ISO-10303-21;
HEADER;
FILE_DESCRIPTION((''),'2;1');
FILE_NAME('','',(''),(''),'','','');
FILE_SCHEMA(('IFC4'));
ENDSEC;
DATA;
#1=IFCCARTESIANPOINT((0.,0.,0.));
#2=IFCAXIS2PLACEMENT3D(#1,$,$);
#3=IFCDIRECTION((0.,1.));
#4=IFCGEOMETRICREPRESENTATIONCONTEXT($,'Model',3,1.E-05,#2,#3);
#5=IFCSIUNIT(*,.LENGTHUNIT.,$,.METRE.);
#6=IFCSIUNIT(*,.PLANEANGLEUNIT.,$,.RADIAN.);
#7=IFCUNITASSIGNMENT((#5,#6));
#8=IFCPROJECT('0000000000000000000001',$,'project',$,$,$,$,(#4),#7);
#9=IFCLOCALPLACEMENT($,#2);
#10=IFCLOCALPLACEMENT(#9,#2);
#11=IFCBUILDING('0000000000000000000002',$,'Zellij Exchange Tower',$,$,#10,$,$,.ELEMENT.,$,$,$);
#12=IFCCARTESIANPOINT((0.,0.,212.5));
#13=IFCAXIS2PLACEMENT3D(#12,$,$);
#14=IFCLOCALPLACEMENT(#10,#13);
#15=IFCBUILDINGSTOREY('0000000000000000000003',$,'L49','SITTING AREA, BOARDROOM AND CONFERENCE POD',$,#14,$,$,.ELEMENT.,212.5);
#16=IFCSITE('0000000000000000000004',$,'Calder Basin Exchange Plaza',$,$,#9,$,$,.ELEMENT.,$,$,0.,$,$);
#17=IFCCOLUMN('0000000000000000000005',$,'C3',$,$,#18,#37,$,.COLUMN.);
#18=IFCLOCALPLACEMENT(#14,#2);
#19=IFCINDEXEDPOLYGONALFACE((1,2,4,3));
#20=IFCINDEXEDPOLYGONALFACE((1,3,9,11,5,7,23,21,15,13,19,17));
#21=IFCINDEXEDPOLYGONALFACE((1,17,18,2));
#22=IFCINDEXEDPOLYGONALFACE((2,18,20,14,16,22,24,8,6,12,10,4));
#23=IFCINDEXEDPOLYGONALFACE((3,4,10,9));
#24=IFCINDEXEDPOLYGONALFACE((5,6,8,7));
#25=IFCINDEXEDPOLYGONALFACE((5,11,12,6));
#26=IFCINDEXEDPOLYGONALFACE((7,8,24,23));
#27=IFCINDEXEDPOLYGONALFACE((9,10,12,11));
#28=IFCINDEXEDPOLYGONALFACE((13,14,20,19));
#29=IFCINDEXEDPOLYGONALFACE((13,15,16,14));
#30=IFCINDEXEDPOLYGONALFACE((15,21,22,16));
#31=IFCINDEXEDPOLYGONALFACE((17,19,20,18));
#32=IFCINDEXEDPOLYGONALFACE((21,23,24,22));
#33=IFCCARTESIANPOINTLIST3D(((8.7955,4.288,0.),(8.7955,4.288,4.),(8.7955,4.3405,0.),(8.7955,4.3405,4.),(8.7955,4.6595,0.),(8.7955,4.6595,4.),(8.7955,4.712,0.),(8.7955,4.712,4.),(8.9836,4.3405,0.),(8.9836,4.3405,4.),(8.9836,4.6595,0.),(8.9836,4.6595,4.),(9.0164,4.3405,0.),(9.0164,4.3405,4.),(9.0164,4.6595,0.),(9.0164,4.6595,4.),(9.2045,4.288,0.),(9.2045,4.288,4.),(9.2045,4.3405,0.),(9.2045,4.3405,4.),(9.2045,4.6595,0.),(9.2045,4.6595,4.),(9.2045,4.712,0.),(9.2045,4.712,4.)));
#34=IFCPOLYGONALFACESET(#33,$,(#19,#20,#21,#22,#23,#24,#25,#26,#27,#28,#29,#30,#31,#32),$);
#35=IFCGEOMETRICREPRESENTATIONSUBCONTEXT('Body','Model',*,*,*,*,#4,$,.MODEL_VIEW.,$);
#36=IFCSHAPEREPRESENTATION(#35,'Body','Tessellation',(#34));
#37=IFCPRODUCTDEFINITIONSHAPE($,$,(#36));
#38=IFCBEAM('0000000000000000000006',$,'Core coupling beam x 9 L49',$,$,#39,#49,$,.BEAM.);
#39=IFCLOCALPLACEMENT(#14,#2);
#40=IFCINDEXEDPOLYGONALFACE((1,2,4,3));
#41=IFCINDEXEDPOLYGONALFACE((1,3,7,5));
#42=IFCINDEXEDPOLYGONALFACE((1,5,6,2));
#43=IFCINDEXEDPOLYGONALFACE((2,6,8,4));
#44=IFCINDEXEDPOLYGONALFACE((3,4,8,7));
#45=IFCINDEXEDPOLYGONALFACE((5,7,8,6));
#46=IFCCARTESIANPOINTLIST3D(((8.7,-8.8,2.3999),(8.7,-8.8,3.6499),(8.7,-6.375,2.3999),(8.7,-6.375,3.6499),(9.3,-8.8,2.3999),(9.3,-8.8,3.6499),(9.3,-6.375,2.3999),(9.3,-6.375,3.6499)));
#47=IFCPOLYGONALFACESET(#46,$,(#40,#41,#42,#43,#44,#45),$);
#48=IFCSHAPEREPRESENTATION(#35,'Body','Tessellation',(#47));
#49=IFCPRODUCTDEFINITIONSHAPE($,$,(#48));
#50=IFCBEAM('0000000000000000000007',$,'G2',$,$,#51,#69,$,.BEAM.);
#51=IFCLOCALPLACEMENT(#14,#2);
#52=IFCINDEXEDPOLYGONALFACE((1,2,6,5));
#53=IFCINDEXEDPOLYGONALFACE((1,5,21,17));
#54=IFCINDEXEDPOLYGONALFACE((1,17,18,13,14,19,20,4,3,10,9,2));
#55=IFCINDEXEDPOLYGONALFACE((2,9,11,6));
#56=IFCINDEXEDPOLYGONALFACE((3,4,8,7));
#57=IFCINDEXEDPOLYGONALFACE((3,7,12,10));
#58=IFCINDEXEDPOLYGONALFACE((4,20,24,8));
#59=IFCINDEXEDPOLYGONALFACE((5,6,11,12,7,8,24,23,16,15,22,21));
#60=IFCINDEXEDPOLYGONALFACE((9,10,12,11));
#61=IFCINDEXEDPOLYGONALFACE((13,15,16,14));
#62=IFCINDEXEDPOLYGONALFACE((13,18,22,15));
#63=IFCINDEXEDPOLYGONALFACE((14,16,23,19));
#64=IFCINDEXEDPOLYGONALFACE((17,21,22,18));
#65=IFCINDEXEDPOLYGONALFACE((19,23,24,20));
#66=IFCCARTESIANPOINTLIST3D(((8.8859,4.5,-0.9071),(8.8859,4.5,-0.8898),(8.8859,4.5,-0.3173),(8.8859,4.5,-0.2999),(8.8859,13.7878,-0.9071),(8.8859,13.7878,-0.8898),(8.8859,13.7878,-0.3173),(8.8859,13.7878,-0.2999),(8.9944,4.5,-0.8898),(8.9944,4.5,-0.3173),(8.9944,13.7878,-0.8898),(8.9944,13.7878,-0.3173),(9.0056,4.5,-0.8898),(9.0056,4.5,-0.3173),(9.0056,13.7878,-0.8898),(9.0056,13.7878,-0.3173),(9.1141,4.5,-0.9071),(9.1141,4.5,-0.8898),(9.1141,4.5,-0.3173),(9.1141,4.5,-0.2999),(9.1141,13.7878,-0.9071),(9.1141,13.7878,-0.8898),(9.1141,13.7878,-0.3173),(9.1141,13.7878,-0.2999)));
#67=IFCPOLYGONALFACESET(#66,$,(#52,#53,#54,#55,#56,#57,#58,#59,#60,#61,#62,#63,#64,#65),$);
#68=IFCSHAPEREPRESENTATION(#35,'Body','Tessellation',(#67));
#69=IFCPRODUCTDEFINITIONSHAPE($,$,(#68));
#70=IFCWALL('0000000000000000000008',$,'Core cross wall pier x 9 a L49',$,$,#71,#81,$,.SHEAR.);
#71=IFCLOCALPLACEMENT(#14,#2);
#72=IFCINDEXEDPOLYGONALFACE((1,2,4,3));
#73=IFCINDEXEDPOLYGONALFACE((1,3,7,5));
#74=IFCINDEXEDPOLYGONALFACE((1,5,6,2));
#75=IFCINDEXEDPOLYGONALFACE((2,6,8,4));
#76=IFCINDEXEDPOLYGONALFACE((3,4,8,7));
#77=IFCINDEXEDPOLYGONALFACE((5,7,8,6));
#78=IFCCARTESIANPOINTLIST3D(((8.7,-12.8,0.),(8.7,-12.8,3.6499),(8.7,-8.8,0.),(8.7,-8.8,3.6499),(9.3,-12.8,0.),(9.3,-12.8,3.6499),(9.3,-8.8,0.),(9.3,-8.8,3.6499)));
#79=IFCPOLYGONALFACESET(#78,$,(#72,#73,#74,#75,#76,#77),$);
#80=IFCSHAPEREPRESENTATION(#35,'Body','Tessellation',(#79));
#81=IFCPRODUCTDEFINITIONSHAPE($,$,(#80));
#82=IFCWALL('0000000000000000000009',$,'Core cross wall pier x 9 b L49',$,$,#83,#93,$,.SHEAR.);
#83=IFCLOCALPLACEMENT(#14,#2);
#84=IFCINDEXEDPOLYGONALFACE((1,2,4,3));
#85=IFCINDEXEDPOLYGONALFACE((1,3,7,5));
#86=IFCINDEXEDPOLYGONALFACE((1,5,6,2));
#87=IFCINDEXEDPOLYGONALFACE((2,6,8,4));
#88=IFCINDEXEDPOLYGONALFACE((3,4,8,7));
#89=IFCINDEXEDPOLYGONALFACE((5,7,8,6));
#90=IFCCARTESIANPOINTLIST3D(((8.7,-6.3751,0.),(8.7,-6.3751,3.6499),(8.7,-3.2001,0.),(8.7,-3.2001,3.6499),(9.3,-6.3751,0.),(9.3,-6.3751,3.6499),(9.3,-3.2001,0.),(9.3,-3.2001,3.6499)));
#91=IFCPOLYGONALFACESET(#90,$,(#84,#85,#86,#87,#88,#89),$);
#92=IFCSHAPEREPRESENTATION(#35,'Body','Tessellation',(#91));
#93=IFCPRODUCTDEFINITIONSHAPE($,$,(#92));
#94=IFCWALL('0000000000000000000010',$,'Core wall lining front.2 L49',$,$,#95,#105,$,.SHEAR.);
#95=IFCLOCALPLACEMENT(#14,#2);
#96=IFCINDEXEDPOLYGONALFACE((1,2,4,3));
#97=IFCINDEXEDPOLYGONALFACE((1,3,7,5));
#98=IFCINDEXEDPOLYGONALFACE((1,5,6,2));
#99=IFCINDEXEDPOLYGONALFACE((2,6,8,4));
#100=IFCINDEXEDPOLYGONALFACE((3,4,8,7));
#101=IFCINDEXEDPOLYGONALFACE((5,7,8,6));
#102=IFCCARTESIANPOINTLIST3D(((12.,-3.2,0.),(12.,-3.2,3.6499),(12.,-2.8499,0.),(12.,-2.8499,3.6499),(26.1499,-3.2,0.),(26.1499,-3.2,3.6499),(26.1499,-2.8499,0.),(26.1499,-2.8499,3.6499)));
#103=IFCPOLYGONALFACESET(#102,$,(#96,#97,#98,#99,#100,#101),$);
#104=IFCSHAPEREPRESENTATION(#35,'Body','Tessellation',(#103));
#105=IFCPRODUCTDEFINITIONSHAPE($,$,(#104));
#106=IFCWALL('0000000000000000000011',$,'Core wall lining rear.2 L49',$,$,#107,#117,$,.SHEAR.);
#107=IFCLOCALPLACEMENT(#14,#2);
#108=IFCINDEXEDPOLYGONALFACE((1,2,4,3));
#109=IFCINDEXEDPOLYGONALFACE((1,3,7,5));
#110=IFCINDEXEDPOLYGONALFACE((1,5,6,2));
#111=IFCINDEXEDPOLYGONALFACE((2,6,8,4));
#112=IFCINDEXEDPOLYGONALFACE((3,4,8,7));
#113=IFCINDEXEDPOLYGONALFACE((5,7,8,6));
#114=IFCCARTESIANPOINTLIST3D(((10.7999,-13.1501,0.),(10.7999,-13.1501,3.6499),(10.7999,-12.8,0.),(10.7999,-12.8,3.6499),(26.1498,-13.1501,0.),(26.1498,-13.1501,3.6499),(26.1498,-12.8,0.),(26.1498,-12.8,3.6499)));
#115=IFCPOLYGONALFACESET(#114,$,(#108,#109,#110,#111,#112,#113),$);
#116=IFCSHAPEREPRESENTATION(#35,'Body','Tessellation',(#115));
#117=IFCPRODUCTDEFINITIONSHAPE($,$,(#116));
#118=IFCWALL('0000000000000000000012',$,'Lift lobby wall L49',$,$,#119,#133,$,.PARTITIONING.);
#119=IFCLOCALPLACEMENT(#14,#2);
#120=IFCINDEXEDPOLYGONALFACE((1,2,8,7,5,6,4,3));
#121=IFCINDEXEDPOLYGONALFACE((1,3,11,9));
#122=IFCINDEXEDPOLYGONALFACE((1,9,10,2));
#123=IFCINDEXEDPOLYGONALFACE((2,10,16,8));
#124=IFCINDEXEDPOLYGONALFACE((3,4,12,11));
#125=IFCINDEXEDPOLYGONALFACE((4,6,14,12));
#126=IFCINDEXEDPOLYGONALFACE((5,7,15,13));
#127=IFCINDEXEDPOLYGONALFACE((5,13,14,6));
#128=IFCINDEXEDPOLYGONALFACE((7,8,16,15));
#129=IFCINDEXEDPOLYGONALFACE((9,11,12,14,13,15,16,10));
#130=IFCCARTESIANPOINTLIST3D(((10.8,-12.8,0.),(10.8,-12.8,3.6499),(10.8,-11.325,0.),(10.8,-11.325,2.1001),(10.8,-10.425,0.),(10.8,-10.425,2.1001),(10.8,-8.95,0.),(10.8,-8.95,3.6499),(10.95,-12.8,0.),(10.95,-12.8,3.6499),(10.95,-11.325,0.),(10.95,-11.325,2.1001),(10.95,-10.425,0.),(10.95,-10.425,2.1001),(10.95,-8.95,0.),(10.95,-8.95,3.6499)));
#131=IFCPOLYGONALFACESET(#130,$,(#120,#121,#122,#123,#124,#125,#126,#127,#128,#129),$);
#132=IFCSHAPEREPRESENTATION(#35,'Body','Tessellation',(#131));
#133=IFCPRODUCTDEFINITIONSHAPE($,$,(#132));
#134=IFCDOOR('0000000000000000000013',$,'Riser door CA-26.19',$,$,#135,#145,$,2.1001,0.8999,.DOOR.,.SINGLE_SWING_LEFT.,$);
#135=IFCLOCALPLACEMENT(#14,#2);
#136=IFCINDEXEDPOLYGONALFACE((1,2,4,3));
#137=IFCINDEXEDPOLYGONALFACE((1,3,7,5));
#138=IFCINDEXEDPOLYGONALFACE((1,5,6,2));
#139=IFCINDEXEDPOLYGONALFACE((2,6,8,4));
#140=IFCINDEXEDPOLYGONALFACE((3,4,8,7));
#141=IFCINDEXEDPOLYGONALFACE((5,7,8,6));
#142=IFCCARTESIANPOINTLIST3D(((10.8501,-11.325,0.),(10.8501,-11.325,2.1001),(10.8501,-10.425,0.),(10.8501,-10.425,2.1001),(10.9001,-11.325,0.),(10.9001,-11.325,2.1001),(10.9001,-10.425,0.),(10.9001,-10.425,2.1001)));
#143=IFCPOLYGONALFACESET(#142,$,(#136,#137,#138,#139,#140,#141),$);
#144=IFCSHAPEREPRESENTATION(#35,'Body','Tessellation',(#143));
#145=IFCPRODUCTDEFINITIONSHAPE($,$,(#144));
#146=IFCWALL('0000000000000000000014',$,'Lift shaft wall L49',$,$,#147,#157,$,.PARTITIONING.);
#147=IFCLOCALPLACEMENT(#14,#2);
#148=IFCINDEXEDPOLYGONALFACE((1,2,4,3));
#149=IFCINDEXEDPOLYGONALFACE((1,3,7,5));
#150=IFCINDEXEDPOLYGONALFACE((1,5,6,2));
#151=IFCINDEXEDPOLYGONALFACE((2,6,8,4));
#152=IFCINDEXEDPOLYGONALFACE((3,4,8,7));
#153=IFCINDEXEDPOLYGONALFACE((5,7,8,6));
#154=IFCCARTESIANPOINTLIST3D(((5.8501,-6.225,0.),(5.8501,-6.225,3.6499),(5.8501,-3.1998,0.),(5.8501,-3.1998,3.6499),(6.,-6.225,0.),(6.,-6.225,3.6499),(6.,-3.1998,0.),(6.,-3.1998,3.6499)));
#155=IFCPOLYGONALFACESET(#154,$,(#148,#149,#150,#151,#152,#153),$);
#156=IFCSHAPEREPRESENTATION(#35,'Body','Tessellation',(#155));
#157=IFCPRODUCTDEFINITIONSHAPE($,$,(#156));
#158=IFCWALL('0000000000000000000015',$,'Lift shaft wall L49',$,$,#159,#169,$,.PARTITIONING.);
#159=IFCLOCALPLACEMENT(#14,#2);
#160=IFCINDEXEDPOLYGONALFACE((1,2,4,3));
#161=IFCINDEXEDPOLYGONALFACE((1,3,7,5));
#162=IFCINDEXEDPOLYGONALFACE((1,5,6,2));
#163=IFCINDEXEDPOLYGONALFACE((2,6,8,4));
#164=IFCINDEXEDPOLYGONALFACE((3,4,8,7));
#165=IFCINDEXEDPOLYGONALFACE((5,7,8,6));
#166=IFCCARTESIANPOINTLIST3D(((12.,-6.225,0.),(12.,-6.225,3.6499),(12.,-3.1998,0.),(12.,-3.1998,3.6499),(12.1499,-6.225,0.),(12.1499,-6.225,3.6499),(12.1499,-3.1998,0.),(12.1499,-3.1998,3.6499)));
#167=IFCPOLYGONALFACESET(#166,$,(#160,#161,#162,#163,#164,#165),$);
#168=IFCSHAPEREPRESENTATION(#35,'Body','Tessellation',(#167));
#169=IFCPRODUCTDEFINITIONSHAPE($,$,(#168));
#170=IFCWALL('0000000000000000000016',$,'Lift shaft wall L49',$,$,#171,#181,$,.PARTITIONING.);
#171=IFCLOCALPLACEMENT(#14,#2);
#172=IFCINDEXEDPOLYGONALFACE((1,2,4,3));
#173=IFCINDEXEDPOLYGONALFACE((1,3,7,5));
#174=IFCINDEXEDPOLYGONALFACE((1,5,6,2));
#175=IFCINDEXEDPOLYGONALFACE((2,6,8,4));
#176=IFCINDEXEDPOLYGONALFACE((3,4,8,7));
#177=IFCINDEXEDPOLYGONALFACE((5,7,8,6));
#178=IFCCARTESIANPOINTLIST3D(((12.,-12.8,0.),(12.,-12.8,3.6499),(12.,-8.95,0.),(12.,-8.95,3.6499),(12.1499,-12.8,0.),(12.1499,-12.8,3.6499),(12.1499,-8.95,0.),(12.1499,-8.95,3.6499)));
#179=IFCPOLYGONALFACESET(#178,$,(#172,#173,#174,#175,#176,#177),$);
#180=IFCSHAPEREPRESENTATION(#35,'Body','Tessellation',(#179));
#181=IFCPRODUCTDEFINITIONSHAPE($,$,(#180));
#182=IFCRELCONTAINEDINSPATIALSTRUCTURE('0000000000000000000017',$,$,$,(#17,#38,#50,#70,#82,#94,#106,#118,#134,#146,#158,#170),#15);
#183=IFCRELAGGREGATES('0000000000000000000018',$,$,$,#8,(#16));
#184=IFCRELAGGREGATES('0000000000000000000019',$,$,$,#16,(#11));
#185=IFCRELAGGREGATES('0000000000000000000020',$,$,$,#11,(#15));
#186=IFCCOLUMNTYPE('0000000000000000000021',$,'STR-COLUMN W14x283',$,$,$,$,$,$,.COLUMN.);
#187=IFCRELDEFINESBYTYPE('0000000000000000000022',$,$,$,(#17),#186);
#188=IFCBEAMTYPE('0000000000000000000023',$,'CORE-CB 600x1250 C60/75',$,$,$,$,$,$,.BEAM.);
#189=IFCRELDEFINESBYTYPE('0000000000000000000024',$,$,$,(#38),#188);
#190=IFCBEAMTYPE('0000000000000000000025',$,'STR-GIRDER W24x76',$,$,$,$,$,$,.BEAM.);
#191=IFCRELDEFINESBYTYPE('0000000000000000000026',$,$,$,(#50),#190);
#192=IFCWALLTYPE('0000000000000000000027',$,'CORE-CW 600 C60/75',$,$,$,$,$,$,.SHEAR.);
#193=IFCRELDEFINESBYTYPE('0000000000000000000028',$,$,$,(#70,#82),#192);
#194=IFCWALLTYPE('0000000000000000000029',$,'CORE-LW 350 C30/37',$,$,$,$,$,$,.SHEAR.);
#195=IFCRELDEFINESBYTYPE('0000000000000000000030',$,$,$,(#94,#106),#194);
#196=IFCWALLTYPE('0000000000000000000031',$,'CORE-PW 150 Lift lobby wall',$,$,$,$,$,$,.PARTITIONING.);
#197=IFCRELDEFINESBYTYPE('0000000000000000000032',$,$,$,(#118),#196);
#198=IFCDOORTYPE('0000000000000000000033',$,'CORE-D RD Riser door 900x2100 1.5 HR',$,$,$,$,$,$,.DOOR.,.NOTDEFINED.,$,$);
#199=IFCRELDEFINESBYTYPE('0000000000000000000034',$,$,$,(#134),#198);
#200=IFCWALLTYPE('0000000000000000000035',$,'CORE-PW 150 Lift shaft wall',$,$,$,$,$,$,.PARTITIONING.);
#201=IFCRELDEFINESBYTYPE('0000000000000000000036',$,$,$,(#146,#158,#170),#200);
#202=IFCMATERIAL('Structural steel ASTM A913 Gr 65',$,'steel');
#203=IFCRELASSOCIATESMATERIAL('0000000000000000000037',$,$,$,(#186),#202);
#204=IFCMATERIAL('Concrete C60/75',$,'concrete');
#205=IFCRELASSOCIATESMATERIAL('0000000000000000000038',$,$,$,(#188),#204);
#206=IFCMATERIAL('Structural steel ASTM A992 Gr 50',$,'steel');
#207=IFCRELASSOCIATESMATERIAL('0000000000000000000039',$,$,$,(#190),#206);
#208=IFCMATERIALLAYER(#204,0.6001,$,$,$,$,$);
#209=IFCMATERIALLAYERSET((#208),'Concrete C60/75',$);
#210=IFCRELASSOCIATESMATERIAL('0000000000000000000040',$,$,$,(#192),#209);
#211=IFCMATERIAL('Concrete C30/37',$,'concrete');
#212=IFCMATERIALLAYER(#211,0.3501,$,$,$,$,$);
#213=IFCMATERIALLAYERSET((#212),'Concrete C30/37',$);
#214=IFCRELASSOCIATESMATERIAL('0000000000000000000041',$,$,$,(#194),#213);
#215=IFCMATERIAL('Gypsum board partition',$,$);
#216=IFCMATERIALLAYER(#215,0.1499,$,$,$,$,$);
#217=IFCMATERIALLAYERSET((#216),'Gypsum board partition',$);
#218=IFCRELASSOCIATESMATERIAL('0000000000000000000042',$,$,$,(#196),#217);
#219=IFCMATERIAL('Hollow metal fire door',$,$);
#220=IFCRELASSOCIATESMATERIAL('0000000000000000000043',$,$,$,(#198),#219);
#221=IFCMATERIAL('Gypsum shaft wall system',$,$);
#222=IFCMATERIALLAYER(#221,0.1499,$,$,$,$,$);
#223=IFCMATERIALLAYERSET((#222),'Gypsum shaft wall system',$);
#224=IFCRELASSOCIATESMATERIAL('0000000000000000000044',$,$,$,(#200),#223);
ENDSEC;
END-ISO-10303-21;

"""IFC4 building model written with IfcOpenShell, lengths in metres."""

from ifc_helpers import new_model, si_unit, direction, frame, frame_2d, origin, origin_2d, place, context, subcontext, project, spatial, rectangle, i_section, extrude, material, layer, layer_set, material_profile, profile_set, type_object, element, fill, save


model = new_model("IFC4")

# Units and contexts
model_context = context("Model", 3, precision=1e-05, world=origin(), true_north=direction((0.0, 1.0)))
body_context = subcontext(model_context, "Body", "Model", "MODEL_VIEW")
ifc_project = project(units=[si_unit("LENGTHUNIT", "METRE"), si_unit("PLANEANGLEUNIT", "RADIAN")], contexts=[model_context])

# Site, building, storey
site_placement = place(None, origin())
site = spatial("IfcSite", under=ifc_project, at=site_placement, Name="Calder Basin Exchange Plaza", CompositionType="ELEMENT", RefElevation=0.0)
building_placement = place(site_placement, origin())
building = spatial("IfcBuilding", under=site, at=building_placement, Name="Zellij Exchange Tower", CompositionType="ELEMENT")
storey_placement = place(building_placement, frame((0.0, 0.0, 212.5)))
storey = spatial("IfcBuildingStorey", under=building, at=storey_placement, Name="L49", Description="SITTING AREA, BOARDROOM AND CONFERENCE POD", CompositionType="ELEMENT", Elevation=212.5)

# Column
ifc_material_1 = material(Name="Structural steel ASTM A913 Gr 65", Category="steel")
ifc_material_profile_1 = material_profile(ifc_material_1, i_section(OverallWidth=0.4089, OverallDepth=0.4241, WebThickness=0.0327, FlangeThickness=0.0525, at=origin_2d()), Name="W14x283")
ifc_profile_set_1 = profile_set([ifc_material_profile_1], Name="Structural steel ASTM A913 Gr 65")
column_type = type_object("IfcColumnType", Name="STR-COLUMN W14x283", PredefinedType="COLUMN", material=ifc_profile_set_1)
column_placement = place(storey_placement, frame((9.0, 4.5, 0.0), z_axis=(0.0, 0.0, 1.0), x_axis=(1.0, 0.0, 0.0)))
element("IfcColumn", 1, at=column_placement, inside=storey, type_object=column_type, Name="C3", PredefinedType="COLUMN", context=body_context, shape_type="SweptSolid", body=[
    extrude(i_section(OverallWidth=0.4089, OverallDepth=0.4241, WebThickness=0.0327, FlangeThickness=0.0525, at=origin_2d()), origin(), (0.0, 0.0, 1.0), 4.0),
])

# Beams
ifc_material_2 = material(Name="Concrete C60/75", Category="concrete")
ifc_material_profile_2 = material_profile(ifc_material_2, rectangle(XDim=0.6001, YDim=1.25, at=origin_2d()), Name="CORE-CB 600x1250 C60/75")
ifc_profile_set_2 = profile_set([ifc_material_profile_2], Name="Concrete C60/75")
beam_type_1 = type_object("IfcBeamType", Name="CORE-CB 600x1250 C60/75", PredefinedType="BEAM", material=ifc_profile_set_2)
beam_1_placement = place(storey_placement, frame((9.0, -8.8, 3.0249), z_axis=(0.0, 1.0, 0.0), x_axis=(-1.0, 0.0, 0.0)))
element("IfcBeam", 2, at=beam_1_placement, inside=storey, type_object=beam_type_1, Name="Core coupling beam x 9 L49", PredefinedType="BEAM", context=body_context, shape_type="SweptSolid", body=[
    extrude(rectangle(XDim=0.6001, YDim=1.25, at=origin_2d()), origin(), (0.0, 0.0, 1.0), 2.425),
])
ifc_material_3 = material(Name="Structural steel ASTM A992 Gr 50", Category="steel")
ifc_material_profile_3 = material_profile(ifc_material_3, i_section(OverallWidth=0.2283, OverallDepth=0.6072, WebThickness=0.0112, FlangeThickness=0.0173, at=origin_2d()), Name="W24x76")
ifc_profile_set_3 = profile_set([ifc_material_profile_3], Name="Structural steel ASTM A992 Gr 50")
beam_type_2 = type_object("IfcBeamType", Name="STR-GIRDER W24x76", PredefinedType="BEAM", material=ifc_profile_set_3)
beam_2_placement = place(storey_placement, frame((9.0, 4.5, -0.6035), z_axis=(0.0, 1.0, 0.0), x_axis=(-1.0, 0.0, 0.0)))
element("IfcBeam", 3, at=beam_2_placement, inside=storey, type_object=beam_type_2, Name="G2", PredefinedType="BEAM", context=body_context, shape_type="SweptSolid", body=[
    extrude(i_section(OverallWidth=0.2283, OverallDepth=0.6072, WebThickness=0.0112, FlangeThickness=0.0173, at=origin_2d()), origin(), (0.0, 0.0, 1.0), 9.2878),
])

# Walls
ifc_layer_1 = layer(ifc_material_2, 0.6001)
ifc_layer_set_1 = layer_set([ifc_layer_1], Name="Concrete C60/75")
wall_type_1 = type_object("IfcWallType", Name="CORE-CW 600 C60/75", PredefinedType="SHEAR", material=ifc_layer_set_1)
wall_1_placement = place(storey_placement, frame((9.0, -12.8, 0.0), z_axis=(0.0, 0.0, 1.0), x_axis=(0.0, 1.0, 0.0)))
element("IfcWall", 4, at=wall_1_placement, inside=storey, type_object=wall_type_1, Name="Core cross wall pier x 9 a L49", PredefinedType="SHEAR", context=body_context, shape_type="SweptSolid", body=[
    extrude(rectangle(XDim=4.0, YDim=0.6001, at=frame_2d((2.0, 0.0))), origin(), (0.0, 0.0, 1.0), 3.6499),
])
wall_2_placement = place(storey_placement, frame((9.0, -6.375, 0.0), z_axis=(0.0, 0.0, 1.0), x_axis=(0.0, 1.0, 0.0)))
element("IfcWall", 5, at=wall_2_placement, inside=storey, type_object=wall_type_1, Name="Core cross wall pier x 9 b L49", PredefinedType="SHEAR", context=body_context, shape_type="SweptSolid", body=[
    extrude(rectangle(XDim=3.175, YDim=0.6001, at=frame_2d((1.5874, 0.0))), origin(), (0.0, 0.0, 1.0), 3.6499),
])
ifc_material_4 = material(Name="Concrete C30/37", Category="concrete")
ifc_layer_2 = layer(ifc_material_4, 0.3501)
ifc_layer_set_2 = layer_set([ifc_layer_2], Name="Concrete C30/37")
wall_type_2 = type_object("IfcWallType", Name="CORE-LW 350 C30/37", PredefinedType="SHEAR", material=ifc_layer_set_2)
wall_3_placement = place(storey_placement, frame((12.0, -3.0249, 0.0), z_axis=(0.0, 0.0, 1.0), x_axis=(1.0, 0.0, 0.0)))
element("IfcWall", 6, at=wall_3_placement, inside=storey, type_object=wall_type_2, Name="Core wall lining front.2 L49", PredefinedType="SHEAR", context=body_context, shape_type="SweptSolid", body=[
    extrude(rectangle(XDim=14.1499, YDim=0.3501, at=frame_2d((7.075, 0.0))), origin(), (0.0, 0.0, 1.0), 3.6499),
])
wall_4_placement = place(storey_placement, frame((10.8, -12.9751, 0.0), z_axis=(0.0, 0.0, 1.0), x_axis=(1.0, 0.0, 0.0)))
element("IfcWall", 7, at=wall_4_placement, inside=storey, type_object=wall_type_2, Name="Core wall lining rear.2 L49", PredefinedType="SHEAR", context=body_context, shape_type="SweptSolid", body=[
    extrude(rectangle(XDim=15.3499, YDim=0.3501, at=frame_2d((7.6748, 0.0))), origin(), (0.0, 0.0, 1.0), 3.6499),
])

# Wall, opening, door
ifc_material_5 = material(Name="Gypsum board partition")
ifc_layer_3 = layer(ifc_material_5, 0.1499)
ifc_layer_set_3 = layer_set([ifc_layer_3], Name="Gypsum board partition")
wall_type_3 = type_object("IfcWallType", Name="CORE-PW 150 Lift lobby wall", PredefinedType="PARTITIONING", material=ifc_layer_set_3)
wall_5_placement = place(storey_placement, frame((10.875, -12.8, 0.0), z_axis=(0.0, 0.0, 1.0), x_axis=(0.0, 1.0, 0.0)))
wall_5 = element("IfcWall", 8, at=wall_5_placement, inside=storey, type_object=wall_type_3, Name="Lift lobby wall L49", PredefinedType="PARTITIONING", context=body_context, shape_type="SweptSolid", body=[
    extrude(rectangle(XDim=3.8501, YDim=0.1499, at=frame_2d((1.925, 0.0))), origin(), (0.0, 0.0, 1.0), 3.6499),
])
opening_1_placement = place(wall_5_placement, frame((1.4751, 0.0, 0.0)))
opening_1 = element("IfcOpeningElement", 9, at=opening_1_placement, cuts=wall_5, PredefinedType="OPENING", context=body_context, shape_type="SweptSolid", body=[
    extrude(rectangle(XDim=0.8999, YDim=2.1001, at=frame_2d((0.45, 1.05))), frame((0.0, 0.0869, 0.0), z_axis=(0.0, -1.0, 0.0), x_axis=(1.0, 0.0, 0.0)), (0.0, 0.0, 1.0), 0.1738),
])
ifc_material_6 = material(Name="Hollow metal fire door")
door_type_1 = type_object("IfcDoorType", Name="CORE-D RD Riser door 900x2100 1.5 HR", OperationType="NOTDEFINED", PredefinedType="DOOR", material=ifc_material_6)
door_1_placement = place(opening_1_placement, origin())
door_1 = element("IfcDoor", 10, at=door_1_placement, inside=storey, type_object=door_type_1, Name="Riser door CA-26.19", OperationType="SINGLE_SWING_LEFT", OverallHeight=2.1001, OverallWidth=0.8999, PredefinedType="DOOR", context=body_context, shape_type="SweptSolid", body=[
    extrude(rectangle(XDim=0.8999, YDim=2.1001, at=frame_2d((0.45, 1.05))), frame((0.0, 0.0249, 0.0), z_axis=(0.0, -1.0, 0.0), x_axis=(1.0, 0.0, 0.0)), (0.0, 0.0, 1.0), 0.05),
])
fill(opening_1, door_1)

# Walls
ifc_material_7 = material(Name="Gypsum shaft wall system")
ifc_layer_4 = layer(ifc_material_7, 0.1499)
ifc_layer_set_4 = layer_set([ifc_layer_4], Name="Gypsum shaft wall system")
wall_type_4 = type_object("IfcWallType", Name="CORE-PW 150 Lift shaft wall", PredefinedType="PARTITIONING", material=ifc_layer_set_4)
for number, where, z_axis, x_axis, name in (
    (11, (5.925, -6.2251, 0.0), (0.0, 0.0, 1.0), (0.0, 1.0, 0.0), "Lift shaft wall L49"),
    (12, (12.075, -6.2251, 0.0), (0.0, 0.0, 1.0), (0.0, 1.0, 0.0), "Lift shaft wall L49"),
):
    element("IfcWall", number, at=place(storey_placement, frame(where, z_axis=z_axis, x_axis=x_axis)), inside=storey, type_object=wall_type_4, Name=name, PredefinedType="PARTITIONING", context=body_context, shape_type="SweptSolid", body=[
        extrude(rectangle(XDim=3.0251, YDim=0.1499, at=frame_2d((1.5127, 0.0))), origin(), (0.0, 0.0, 1.0), 3.6499),
    ])
wall_6_placement = place(storey_placement, frame((12.075, -12.8, 0.0), z_axis=(0.0, 0.0, 1.0), x_axis=(0.0, 1.0, 0.0)))
element("IfcWall", 13, at=wall_6_placement, inside=storey, type_object=wall_type_4, Name="Lift shaft wall L49", PredefinedType="PARTITIONING", context=body_context, shape_type="SweptSolid", body=[
    extrude(rectangle(XDim=3.8501, YDim=0.1499, at=frame_2d((1.925, 0.0))), origin(), (0.0, 0.0, 1.0), 3.6499),
])

save(model, "model.ifc")
